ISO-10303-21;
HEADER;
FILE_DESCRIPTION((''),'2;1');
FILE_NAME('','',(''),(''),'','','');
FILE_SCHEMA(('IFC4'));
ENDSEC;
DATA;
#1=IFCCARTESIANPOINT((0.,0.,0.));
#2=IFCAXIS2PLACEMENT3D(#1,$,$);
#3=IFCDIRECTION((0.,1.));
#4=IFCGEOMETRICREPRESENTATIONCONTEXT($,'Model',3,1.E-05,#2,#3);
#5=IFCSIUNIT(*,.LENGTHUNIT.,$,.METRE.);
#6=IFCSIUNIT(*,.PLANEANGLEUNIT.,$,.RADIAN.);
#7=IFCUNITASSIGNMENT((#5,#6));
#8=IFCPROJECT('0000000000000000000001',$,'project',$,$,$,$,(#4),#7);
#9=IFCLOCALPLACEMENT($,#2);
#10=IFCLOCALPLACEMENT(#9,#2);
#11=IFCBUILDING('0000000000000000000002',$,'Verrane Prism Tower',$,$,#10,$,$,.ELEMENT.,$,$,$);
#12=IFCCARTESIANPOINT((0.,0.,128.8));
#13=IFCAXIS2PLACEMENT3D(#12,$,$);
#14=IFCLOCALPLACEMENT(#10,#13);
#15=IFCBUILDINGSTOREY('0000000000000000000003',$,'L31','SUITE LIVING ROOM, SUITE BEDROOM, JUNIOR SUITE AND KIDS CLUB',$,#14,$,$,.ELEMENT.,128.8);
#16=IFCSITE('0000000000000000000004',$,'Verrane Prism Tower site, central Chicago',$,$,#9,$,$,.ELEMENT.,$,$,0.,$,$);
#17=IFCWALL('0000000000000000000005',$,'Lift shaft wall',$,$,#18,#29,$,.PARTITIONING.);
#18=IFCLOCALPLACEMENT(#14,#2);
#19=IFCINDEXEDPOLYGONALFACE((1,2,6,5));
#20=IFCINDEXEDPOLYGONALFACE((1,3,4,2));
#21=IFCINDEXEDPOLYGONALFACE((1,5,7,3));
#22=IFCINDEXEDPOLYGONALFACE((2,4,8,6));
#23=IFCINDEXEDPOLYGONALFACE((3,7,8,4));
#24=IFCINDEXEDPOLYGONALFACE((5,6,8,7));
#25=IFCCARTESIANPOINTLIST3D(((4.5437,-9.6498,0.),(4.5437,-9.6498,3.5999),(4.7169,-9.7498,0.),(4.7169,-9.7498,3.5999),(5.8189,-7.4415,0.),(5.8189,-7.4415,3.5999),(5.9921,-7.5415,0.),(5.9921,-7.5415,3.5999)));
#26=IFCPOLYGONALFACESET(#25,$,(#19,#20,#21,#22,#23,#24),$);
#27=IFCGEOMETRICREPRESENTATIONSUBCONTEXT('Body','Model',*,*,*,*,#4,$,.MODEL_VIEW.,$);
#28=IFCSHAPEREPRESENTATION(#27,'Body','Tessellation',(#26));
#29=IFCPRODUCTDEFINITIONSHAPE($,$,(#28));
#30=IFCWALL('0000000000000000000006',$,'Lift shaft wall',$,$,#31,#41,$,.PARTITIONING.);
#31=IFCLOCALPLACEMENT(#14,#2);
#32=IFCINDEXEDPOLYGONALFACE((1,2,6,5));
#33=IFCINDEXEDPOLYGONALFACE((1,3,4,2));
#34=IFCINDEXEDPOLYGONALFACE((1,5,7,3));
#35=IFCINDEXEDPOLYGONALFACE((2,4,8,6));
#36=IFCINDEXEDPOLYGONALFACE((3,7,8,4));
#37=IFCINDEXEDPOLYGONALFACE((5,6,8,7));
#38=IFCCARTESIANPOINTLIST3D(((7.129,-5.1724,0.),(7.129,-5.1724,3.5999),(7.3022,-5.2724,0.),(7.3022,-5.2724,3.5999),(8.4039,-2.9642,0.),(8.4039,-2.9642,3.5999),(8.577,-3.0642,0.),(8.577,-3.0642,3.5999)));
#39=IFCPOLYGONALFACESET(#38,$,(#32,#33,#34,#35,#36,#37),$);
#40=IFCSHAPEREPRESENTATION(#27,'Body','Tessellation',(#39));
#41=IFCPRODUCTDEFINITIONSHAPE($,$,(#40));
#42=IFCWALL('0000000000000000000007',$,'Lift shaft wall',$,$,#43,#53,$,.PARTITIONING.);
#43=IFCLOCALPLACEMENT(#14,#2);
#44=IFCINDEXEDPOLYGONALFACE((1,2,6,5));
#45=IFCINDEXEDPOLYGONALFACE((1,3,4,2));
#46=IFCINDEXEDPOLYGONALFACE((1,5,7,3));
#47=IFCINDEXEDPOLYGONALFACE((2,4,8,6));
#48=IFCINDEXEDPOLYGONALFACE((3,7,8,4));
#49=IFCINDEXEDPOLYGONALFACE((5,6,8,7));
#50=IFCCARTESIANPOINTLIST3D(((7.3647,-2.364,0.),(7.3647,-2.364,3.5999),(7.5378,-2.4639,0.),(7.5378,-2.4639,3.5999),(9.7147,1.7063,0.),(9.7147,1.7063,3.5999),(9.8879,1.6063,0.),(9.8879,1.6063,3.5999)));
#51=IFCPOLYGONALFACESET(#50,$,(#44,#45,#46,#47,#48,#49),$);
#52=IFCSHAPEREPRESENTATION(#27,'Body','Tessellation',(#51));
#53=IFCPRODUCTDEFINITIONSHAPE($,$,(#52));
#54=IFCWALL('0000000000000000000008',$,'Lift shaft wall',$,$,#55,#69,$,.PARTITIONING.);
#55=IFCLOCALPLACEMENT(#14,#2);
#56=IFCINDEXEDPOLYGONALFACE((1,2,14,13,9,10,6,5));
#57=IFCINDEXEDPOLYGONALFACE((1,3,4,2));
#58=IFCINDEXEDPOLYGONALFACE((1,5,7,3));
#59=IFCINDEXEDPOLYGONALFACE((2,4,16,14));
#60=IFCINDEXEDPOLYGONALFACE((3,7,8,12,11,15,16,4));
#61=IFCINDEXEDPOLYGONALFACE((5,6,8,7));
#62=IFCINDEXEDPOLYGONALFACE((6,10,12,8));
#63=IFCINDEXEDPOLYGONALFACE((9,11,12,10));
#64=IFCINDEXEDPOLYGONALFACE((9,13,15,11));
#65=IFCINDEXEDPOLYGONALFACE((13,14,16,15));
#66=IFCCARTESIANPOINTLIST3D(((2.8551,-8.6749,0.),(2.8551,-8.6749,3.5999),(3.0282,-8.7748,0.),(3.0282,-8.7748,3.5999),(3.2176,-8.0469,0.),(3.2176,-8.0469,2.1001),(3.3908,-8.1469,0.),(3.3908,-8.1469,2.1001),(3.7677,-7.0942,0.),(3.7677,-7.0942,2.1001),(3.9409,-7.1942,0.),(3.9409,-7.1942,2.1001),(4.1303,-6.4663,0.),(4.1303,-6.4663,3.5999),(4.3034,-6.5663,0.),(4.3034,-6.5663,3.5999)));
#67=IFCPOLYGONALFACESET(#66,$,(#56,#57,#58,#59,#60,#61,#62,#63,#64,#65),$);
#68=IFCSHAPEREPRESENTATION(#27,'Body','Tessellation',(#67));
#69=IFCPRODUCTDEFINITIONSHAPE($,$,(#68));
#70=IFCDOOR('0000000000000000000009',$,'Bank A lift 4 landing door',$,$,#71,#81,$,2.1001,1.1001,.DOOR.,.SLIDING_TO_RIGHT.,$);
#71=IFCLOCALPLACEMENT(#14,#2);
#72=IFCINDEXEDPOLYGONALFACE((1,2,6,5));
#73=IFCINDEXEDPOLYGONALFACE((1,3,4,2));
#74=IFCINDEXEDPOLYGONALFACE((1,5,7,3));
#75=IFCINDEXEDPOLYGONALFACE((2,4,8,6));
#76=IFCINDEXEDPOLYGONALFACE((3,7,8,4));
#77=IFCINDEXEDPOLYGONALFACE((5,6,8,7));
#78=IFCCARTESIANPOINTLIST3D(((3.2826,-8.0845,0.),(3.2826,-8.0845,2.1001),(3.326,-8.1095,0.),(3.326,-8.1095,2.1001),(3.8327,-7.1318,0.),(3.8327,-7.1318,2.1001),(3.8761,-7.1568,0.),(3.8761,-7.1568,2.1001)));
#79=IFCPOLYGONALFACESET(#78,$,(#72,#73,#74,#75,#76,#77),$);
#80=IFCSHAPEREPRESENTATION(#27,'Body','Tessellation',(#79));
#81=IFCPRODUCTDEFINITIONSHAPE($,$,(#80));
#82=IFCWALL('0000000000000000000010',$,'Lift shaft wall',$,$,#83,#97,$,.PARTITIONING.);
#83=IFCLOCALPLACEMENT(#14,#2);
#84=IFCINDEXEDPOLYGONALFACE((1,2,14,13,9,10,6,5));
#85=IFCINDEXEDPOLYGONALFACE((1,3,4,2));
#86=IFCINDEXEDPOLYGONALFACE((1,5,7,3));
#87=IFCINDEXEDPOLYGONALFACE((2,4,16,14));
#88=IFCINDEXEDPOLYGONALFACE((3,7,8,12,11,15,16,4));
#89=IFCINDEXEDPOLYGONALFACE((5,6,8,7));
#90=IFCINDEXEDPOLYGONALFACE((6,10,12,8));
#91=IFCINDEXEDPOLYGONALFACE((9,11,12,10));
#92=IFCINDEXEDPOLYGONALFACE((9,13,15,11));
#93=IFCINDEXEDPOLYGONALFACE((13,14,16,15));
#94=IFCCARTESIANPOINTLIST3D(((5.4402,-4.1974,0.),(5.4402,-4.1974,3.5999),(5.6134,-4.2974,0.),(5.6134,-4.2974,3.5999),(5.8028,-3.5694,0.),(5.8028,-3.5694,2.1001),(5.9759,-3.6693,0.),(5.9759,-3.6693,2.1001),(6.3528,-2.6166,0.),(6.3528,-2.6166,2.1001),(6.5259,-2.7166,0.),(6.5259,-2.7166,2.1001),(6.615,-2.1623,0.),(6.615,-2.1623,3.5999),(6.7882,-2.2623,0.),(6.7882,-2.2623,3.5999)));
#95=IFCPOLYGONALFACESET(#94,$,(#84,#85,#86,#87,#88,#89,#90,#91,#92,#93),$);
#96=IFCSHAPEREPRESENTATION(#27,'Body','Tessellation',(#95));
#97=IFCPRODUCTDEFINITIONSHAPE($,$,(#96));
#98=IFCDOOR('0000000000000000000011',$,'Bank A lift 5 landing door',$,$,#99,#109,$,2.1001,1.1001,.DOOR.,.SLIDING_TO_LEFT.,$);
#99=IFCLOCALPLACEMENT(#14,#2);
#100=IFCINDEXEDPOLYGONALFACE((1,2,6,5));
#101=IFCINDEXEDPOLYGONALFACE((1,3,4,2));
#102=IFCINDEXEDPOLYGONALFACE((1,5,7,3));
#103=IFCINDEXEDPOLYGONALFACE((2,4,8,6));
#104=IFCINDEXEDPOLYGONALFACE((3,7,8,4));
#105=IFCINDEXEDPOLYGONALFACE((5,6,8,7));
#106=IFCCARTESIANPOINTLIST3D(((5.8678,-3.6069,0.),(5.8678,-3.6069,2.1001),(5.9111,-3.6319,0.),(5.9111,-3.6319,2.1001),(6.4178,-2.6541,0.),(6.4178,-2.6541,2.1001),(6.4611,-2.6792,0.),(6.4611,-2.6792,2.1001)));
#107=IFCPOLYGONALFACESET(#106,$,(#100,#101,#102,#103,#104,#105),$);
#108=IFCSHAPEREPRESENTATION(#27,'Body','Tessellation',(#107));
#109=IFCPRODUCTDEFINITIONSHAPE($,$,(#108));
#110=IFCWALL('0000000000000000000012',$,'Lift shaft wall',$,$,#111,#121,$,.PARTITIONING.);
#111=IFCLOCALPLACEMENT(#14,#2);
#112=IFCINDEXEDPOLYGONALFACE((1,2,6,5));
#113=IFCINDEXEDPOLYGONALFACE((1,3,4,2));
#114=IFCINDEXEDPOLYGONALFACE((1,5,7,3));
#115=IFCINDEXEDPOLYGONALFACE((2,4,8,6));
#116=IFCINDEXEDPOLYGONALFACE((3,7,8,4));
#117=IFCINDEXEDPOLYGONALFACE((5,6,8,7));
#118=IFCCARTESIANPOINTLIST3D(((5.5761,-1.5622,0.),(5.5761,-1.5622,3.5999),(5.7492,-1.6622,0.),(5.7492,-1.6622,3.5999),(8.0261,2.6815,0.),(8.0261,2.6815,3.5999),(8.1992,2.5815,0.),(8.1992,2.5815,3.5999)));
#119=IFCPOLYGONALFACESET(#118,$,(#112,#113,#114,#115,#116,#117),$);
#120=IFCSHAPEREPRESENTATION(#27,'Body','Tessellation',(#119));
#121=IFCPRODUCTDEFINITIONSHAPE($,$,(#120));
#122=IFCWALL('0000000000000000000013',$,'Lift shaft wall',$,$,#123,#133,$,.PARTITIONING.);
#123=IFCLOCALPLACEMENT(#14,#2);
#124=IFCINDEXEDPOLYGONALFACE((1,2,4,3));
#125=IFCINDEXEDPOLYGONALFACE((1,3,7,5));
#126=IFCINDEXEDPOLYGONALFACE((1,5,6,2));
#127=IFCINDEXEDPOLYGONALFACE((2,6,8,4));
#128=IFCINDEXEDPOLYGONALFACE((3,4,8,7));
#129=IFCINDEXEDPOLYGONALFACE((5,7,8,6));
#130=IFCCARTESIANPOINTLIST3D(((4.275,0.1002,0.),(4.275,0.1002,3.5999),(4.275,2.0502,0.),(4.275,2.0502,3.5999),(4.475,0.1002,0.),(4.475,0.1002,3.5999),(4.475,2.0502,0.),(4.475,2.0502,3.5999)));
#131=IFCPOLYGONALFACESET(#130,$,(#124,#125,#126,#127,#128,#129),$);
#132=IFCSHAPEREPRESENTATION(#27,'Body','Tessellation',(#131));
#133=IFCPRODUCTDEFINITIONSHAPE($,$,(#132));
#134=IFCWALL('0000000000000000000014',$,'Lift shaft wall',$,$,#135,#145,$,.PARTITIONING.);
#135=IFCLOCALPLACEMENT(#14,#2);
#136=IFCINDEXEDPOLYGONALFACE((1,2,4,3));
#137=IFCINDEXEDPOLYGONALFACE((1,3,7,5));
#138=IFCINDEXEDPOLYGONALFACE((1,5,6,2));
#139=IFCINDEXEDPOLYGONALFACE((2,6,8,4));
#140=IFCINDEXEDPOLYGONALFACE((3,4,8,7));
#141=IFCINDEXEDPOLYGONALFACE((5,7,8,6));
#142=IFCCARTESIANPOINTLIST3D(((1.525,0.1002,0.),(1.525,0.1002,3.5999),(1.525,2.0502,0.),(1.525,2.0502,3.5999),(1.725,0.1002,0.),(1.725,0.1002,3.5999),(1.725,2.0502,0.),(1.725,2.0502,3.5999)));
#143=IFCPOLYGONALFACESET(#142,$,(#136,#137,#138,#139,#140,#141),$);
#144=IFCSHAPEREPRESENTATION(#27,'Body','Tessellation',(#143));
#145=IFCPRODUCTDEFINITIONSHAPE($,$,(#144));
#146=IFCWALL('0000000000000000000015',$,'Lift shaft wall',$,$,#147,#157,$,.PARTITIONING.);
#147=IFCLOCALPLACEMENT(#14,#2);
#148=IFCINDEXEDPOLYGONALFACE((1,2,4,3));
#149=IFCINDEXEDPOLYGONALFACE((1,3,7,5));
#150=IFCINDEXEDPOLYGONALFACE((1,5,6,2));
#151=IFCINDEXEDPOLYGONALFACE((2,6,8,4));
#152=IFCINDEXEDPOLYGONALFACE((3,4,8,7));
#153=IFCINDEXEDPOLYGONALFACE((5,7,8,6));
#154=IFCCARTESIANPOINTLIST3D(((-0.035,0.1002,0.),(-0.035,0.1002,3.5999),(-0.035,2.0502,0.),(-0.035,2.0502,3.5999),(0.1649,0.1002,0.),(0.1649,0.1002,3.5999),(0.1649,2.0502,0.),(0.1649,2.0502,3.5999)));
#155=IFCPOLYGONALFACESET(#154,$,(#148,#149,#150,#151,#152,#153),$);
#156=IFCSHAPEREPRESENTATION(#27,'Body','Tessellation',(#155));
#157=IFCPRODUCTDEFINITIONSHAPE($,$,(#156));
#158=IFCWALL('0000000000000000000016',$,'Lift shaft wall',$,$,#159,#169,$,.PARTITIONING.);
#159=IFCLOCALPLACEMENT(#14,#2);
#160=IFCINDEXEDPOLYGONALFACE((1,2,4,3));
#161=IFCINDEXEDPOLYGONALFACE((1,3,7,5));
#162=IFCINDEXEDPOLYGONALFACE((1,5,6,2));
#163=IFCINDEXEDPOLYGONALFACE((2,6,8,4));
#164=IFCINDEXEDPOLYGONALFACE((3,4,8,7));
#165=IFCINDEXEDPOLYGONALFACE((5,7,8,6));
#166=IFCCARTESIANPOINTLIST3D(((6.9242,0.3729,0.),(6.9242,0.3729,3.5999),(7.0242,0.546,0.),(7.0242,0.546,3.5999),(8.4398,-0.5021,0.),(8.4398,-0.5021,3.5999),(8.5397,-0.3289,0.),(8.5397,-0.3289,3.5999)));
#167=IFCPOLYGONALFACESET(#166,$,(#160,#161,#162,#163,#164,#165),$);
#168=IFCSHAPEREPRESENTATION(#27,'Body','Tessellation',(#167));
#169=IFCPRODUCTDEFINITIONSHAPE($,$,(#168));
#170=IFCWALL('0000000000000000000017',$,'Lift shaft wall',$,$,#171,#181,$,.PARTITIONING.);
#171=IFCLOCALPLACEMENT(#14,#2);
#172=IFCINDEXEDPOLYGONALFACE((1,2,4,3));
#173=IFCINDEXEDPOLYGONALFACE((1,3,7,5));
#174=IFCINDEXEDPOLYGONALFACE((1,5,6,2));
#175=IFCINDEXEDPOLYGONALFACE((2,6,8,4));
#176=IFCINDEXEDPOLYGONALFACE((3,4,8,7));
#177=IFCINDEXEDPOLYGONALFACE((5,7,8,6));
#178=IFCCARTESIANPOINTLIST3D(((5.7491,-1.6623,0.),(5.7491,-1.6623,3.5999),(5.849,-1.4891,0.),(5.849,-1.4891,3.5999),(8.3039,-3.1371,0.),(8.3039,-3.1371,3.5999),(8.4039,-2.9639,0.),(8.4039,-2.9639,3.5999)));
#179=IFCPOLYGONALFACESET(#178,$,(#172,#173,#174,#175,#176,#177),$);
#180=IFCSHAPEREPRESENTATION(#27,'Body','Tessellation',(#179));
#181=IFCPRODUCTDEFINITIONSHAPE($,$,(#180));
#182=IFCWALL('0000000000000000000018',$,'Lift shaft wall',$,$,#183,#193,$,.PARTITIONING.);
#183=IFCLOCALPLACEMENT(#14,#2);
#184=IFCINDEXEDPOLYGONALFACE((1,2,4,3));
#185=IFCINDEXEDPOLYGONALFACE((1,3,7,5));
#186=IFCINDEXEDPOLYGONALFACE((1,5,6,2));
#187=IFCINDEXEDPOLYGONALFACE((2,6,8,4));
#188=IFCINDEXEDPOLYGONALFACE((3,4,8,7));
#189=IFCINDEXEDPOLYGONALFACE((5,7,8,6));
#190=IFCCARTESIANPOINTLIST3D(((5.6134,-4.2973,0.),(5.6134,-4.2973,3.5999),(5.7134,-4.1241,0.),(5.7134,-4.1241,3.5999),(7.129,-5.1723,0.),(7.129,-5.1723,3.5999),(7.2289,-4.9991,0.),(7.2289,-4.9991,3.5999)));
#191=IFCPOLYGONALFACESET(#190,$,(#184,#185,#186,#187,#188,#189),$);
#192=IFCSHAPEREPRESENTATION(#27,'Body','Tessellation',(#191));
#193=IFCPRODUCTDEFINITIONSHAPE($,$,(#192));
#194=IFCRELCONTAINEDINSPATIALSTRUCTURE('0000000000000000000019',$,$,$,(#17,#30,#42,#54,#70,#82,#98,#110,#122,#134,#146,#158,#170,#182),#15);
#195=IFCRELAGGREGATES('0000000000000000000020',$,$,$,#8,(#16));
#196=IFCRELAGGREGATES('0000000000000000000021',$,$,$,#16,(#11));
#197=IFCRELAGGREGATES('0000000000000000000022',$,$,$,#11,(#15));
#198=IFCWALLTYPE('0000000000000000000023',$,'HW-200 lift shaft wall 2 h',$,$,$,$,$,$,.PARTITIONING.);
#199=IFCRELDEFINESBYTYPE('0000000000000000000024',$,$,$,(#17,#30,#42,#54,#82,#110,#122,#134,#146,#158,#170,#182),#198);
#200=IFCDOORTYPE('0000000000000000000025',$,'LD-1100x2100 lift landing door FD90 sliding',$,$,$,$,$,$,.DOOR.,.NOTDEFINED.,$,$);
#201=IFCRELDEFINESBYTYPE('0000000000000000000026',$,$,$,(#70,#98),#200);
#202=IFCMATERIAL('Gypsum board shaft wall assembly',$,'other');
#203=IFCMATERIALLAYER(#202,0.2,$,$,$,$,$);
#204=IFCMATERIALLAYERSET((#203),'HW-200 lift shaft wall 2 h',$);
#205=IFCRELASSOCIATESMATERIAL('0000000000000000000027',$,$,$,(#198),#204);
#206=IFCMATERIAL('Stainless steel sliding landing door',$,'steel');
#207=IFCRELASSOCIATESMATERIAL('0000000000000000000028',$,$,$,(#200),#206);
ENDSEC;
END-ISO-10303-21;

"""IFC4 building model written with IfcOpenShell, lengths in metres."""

from ifc_helpers import new_model, si_unit, direction, frame, frame_2d, origin, place, context, subcontext, project, spatial, rectangle, extrude, material, layer, layer_set, type_object, element, fill, save


model = new_model("IFC4")

# Units and contexts
model_context = context("Model", 3, precision=1e-05, world=origin(), true_north=direction((0.0, 1.0)))
body_context = subcontext(model_context, "Body", "Model", "MODEL_VIEW")
ifc_project = project(units=[si_unit("LENGTHUNIT", "METRE"), si_unit("PLANEANGLEUNIT", "RADIAN")], contexts=[model_context])

# Site, building, storey
site_placement = place(None, origin())
site = spatial("IfcSite", under=ifc_project, at=site_placement, Name="Verrane Prism Tower site, central Chicago", CompositionType="ELEMENT", RefElevation=0.0)
building_placement = place(site_placement, origin())
building = spatial("IfcBuilding", under=site, at=building_placement, Name="Verrane Prism Tower", CompositionType="ELEMENT")
storey_placement = place(building_placement, frame((0.0, 0.0, 128.8)))
storey = spatial("IfcBuildingStorey", under=building, at=storey_placement, Name="L31", Description="SUITE LIVING ROOM, SUITE BEDROOM, JUNIOR SUITE AND KIDS CLUB", CompositionType="ELEMENT", Elevation=128.8)

# Walls
ifc_material_1 = material(Name="Gypsum board shaft wall assembly", Category="other")
ifc_layer_1 = layer(ifc_material_1, 0.2)
ifc_layer_set_1 = layer_set([ifc_layer_1], Name="HW-200 lift shaft wall 2 h")
wall_type_1 = type_object("IfcWallType", Name="HW-200 lift shaft wall 2 h", PredefinedType="PARTITIONING", material=ifc_layer_set_1)
wall_1_placement = place(storey_placement, frame((4.6304, -9.6997, 0.0), z_axis=(0.0, 0.0, 1.0), x_axis=(0.500062, 0.865989, 0.0)))
element("IfcWall", 1, at=wall_1_placement, inside=storey, type_object=wall_type_1, Name="Lift shaft wall", PredefinedType="PARTITIONING", context=body_context, shape_type="SweptSolid", body=[
    extrude(rectangle(XDim=2.55, YDim=0.2, at=frame_2d((1.2749, 0.0))), origin(), (0.0, 0.0, 1.0), 3.5999),
])
wall_2_placement = place(storey_placement, frame((7.2156, -5.2224, 0.0), z_axis=(0.0, 0.0, 1.0), x_axis=(0.49999, 0.866031, 0.0)))
element("IfcWall", 2, at=wall_2_placement, inside=storey, type_object=wall_type_1, Name="Lift shaft wall", PredefinedType="PARTITIONING", context=body_context, shape_type="SweptSolid", body=[
    extrude(rectangle(XDim=2.5498, YDim=0.2, at=frame_2d((1.2749, 0.0))), origin(), (0.0, 0.0, 1.0), 3.5999),
])
wall_3_placement = place(storey_placement, frame((7.4512, -2.4141, 0.0), z_axis=(0.0, 0.0, 1.0), x_axis=(0.500016, 0.866016, 0.0)))
element("IfcWall", 3, at=wall_3_placement, inside=storey, type_object=wall_type_1, Name="Lift shaft wall", PredefinedType="PARTITIONING", context=body_context, shape_type="SweptSolid", body=[
    extrude(rectangle(XDim=4.7, YDim=0.2, at=frame_2d((2.3501, 0.0))), origin(), (0.0, 0.0, 1.0), 3.5999),
])

# Walls, openings, doors
wall_4_placement = place(storey_placement, frame((2.9417, -8.7249, 0.0), z_axis=(0.0, 0.0, 1.0), x_axis=(0.500021, 0.866013, 0.0)))
wall_4 = element("IfcWall", 4, at=wall_4_placement, inside=storey, type_object=wall_type_1, Name="Lift shaft wall", PredefinedType="PARTITIONING", context=body_context, shape_type="SweptSolid", body=[
    extrude(rectangle(XDim=2.5503, YDim=0.2, at=frame_2d((1.2751, 0.0))), origin(), (0.0, 0.0, 1.0), 3.5999),
])
opening_1_placement = place(wall_4_placement, frame((0.7251, 0.0, 0.0)))
opening_1 = element("IfcOpeningElement", 5, at=opening_1_placement, cuts=wall_4, PredefinedType="OPENING", context=body_context, shape_type="SweptSolid", body=[
    extrude(rectangle(XDim=1.1001, YDim=2.1001, at=frame_2d((0.55, 1.05))), frame((0.0, 0.1099, 0.0), z_axis=(0.0, -1.0, 0.0), x_axis=(1.0, 0.0, 0.0)), (0.0, 0.0, 1.0), 0.22),
])
ifc_material_2 = material(Name="Stainless steel sliding landing door", Category="steel")
door_type_1 = type_object("IfcDoorType", Name="LD-1100x2100 lift landing door FD90 sliding", OperationType="NOTDEFINED", PredefinedType="DOOR", material=ifc_material_2)
door_1_placement = place(opening_1_placement, origin())
door_1 = element("IfcDoor", 6, at=door_1_placement, inside=storey, type_object=door_type_1, Name="Bank A lift 4 landing door", OperationType="SLIDING_TO_RIGHT", OverallHeight=2.1001, OverallWidth=1.1001, PredefinedType="DOOR", context=body_context, shape_type="SweptSolid", body=[
    extrude(rectangle(XDim=1.1001, YDim=2.1001, at=frame_2d((0.55, 1.05))), frame((0.0, 0.0249, 0.0), z_axis=(0.0, -1.0, 0.0), x_axis=(1.0, 0.0, 0.0)), (0.0, 0.0, 1.0), 0.05),
])
fill(opening_1, door_1)
wall_5_placement = place(storey_placement, frame((5.5269, -4.2473, 0.0), z_axis=(0.0, 0.0, 1.0), x_axis=(0.499938, 0.866061, 0.0)))
wall_5 = element("IfcWall", 7, at=wall_5_placement, inside=storey, type_object=wall_type_1, Name="Lift shaft wall", PredefinedType="PARTITIONING", context=body_context, shape_type="SweptSolid", body=[
    extrude(rectangle(XDim=2.3499, YDim=0.2, at=frame_2d((1.1748, 0.0))), origin(), (0.0, 0.0, 1.0), 3.5999),
])
opening_2_placement = place(wall_5_placement, frame((0.7251, 0.0, 0.0)))
opening_2 = element("IfcOpeningElement", 8, at=opening_2_placement, cuts=wall_5, PredefinedType="OPENING", context=body_context, shape_type="SweptSolid", body=[
    extrude(rectangle(XDim=1.1001, YDim=2.1001, at=frame_2d((0.55, 1.05))), frame((0.0, 0.1099, 0.0), z_axis=(0.0, -1.0, 0.0), x_axis=(1.0, 0.0, 0.0)), (0.0, 0.0, 1.0), 0.22),
])
door_2_placement = place(opening_2_placement, origin())
door_2 = element("IfcDoor", 9, at=door_2_placement, inside=storey, type_object=door_type_1, Name="Bank A lift 5 landing door", OperationType="SLIDING_TO_LEFT", OverallHeight=2.1001, OverallWidth=1.1001, PredefinedType="DOOR", context=body_context, shape_type="SweptSolid", body=[
    extrude(rectangle(XDim=1.1001, YDim=2.1001, at=frame_2d((0.55, 1.05))), frame((0.0, 0.0249, 0.0), z_axis=(0.0, -1.0, 0.0), x_axis=(1.0, 0.0, 0.0)), (0.0, 0.0, 1.0), 0.05),
])
fill(opening_2, door_2)

# Walls
wall_6_placement = place(storey_placement, frame((5.6626, -1.6123, 0.0), z_axis=(0.0, 0.0, 1.0), x_axis=(0.499981, 0.866036, 0.0)))
element("IfcWall", 10, at=wall_6_placement, inside=storey, type_object=wall_type_1, Name="Lift shaft wall", PredefinedType="PARTITIONING", context=body_context, shape_type="SweptSolid", body=[
    extrude(rectangle(XDim=4.9001, YDim=0.2, at=frame_2d((2.4502, 0.0))), origin(), (0.0, 0.0, 1.0), 3.5999),
])
for number, where, z_axis, x_axis, name in (
    (11, (4.375, 0.1001, 0.0), (0.0, 0.0, 1.0), (0.0, 1.0, 0.0), "Lift shaft wall"),
    (12, (1.625, 0.1001, 0.0), (0.0, 0.0, 1.0), (0.0, 1.0, 0.0), "Lift shaft wall"),
    (13, (0.0649, 0.1001, 0.0), (0.0, 0.0, 1.0), (0.0, 1.0, 0.0), "Lift shaft wall"),
):
    element("IfcWall", number, at=place(storey_placement, frame(where, z_axis=z_axis, x_axis=x_axis)), inside=storey, type_object=wall_type_1, Name=name, PredefinedType="PARTITIONING", context=body_context, shape_type="SweptSolid", body=[
        extrude(rectangle(XDim=1.95, YDim=0.2, at=frame_2d((0.9751, 0.0))), origin(), (0.0, 0.0, 1.0), 3.5999),
    ])
wall_7_placement = place(storey_placement, frame((8.4897, -0.4155, 0.0), z_axis=(0.0, 0.0, 1.0), x_axis=(-0.866037, 0.49998, 0.0)))
element("IfcWall", 14, at=wall_7_placement, inside=storey, type_object=wall_type_1, Name="Lift shaft wall", PredefinedType="PARTITIONING", context=body_context, shape_type="SweptSolid", body=[
    extrude(rectangle(XDim=1.75, YDim=0.2, at=frame_2d((0.875, 0.0))), origin(), (0.0, 0.0, 1.0), 3.5999),
])
wall_8_placement = place(storey_placement, frame((8.354, -3.0505, 0.0), z_axis=(0.0, 0.0, 1.0), x_axis=(-0.86606, 0.49994, 0.0)))
element("IfcWall", 15, at=wall_8_placement, inside=storey, type_object=wall_type_1, Name="Lift shaft wall", PredefinedType="PARTITIONING", context=body_context, shape_type="SweptSolid", body=[
    extrude(rectangle(XDim=2.95, YDim=0.2, at=frame_2d((1.4751, 0.0))), origin(), (0.0, 0.0, 1.0), 3.5999),
])
wall_9_placement = place(storey_placement, frame((7.179, -5.0857, 0.0), z_axis=(0.0, 0.0, 1.0), x_axis=(-0.866037, 0.49998, 0.0)))
element("IfcWall", 16, at=wall_9_placement, inside=storey, type_object=wall_type_1, Name="Lift shaft wall", PredefinedType="PARTITIONING", context=body_context, shape_type="SweptSolid", body=[
    extrude(rectangle(XDim=1.75, YDim=0.2, at=frame_2d((0.875, 0.0))), origin(), (0.0, 0.0, 1.0), 3.5999),
])

save(model, "model.ifc")
